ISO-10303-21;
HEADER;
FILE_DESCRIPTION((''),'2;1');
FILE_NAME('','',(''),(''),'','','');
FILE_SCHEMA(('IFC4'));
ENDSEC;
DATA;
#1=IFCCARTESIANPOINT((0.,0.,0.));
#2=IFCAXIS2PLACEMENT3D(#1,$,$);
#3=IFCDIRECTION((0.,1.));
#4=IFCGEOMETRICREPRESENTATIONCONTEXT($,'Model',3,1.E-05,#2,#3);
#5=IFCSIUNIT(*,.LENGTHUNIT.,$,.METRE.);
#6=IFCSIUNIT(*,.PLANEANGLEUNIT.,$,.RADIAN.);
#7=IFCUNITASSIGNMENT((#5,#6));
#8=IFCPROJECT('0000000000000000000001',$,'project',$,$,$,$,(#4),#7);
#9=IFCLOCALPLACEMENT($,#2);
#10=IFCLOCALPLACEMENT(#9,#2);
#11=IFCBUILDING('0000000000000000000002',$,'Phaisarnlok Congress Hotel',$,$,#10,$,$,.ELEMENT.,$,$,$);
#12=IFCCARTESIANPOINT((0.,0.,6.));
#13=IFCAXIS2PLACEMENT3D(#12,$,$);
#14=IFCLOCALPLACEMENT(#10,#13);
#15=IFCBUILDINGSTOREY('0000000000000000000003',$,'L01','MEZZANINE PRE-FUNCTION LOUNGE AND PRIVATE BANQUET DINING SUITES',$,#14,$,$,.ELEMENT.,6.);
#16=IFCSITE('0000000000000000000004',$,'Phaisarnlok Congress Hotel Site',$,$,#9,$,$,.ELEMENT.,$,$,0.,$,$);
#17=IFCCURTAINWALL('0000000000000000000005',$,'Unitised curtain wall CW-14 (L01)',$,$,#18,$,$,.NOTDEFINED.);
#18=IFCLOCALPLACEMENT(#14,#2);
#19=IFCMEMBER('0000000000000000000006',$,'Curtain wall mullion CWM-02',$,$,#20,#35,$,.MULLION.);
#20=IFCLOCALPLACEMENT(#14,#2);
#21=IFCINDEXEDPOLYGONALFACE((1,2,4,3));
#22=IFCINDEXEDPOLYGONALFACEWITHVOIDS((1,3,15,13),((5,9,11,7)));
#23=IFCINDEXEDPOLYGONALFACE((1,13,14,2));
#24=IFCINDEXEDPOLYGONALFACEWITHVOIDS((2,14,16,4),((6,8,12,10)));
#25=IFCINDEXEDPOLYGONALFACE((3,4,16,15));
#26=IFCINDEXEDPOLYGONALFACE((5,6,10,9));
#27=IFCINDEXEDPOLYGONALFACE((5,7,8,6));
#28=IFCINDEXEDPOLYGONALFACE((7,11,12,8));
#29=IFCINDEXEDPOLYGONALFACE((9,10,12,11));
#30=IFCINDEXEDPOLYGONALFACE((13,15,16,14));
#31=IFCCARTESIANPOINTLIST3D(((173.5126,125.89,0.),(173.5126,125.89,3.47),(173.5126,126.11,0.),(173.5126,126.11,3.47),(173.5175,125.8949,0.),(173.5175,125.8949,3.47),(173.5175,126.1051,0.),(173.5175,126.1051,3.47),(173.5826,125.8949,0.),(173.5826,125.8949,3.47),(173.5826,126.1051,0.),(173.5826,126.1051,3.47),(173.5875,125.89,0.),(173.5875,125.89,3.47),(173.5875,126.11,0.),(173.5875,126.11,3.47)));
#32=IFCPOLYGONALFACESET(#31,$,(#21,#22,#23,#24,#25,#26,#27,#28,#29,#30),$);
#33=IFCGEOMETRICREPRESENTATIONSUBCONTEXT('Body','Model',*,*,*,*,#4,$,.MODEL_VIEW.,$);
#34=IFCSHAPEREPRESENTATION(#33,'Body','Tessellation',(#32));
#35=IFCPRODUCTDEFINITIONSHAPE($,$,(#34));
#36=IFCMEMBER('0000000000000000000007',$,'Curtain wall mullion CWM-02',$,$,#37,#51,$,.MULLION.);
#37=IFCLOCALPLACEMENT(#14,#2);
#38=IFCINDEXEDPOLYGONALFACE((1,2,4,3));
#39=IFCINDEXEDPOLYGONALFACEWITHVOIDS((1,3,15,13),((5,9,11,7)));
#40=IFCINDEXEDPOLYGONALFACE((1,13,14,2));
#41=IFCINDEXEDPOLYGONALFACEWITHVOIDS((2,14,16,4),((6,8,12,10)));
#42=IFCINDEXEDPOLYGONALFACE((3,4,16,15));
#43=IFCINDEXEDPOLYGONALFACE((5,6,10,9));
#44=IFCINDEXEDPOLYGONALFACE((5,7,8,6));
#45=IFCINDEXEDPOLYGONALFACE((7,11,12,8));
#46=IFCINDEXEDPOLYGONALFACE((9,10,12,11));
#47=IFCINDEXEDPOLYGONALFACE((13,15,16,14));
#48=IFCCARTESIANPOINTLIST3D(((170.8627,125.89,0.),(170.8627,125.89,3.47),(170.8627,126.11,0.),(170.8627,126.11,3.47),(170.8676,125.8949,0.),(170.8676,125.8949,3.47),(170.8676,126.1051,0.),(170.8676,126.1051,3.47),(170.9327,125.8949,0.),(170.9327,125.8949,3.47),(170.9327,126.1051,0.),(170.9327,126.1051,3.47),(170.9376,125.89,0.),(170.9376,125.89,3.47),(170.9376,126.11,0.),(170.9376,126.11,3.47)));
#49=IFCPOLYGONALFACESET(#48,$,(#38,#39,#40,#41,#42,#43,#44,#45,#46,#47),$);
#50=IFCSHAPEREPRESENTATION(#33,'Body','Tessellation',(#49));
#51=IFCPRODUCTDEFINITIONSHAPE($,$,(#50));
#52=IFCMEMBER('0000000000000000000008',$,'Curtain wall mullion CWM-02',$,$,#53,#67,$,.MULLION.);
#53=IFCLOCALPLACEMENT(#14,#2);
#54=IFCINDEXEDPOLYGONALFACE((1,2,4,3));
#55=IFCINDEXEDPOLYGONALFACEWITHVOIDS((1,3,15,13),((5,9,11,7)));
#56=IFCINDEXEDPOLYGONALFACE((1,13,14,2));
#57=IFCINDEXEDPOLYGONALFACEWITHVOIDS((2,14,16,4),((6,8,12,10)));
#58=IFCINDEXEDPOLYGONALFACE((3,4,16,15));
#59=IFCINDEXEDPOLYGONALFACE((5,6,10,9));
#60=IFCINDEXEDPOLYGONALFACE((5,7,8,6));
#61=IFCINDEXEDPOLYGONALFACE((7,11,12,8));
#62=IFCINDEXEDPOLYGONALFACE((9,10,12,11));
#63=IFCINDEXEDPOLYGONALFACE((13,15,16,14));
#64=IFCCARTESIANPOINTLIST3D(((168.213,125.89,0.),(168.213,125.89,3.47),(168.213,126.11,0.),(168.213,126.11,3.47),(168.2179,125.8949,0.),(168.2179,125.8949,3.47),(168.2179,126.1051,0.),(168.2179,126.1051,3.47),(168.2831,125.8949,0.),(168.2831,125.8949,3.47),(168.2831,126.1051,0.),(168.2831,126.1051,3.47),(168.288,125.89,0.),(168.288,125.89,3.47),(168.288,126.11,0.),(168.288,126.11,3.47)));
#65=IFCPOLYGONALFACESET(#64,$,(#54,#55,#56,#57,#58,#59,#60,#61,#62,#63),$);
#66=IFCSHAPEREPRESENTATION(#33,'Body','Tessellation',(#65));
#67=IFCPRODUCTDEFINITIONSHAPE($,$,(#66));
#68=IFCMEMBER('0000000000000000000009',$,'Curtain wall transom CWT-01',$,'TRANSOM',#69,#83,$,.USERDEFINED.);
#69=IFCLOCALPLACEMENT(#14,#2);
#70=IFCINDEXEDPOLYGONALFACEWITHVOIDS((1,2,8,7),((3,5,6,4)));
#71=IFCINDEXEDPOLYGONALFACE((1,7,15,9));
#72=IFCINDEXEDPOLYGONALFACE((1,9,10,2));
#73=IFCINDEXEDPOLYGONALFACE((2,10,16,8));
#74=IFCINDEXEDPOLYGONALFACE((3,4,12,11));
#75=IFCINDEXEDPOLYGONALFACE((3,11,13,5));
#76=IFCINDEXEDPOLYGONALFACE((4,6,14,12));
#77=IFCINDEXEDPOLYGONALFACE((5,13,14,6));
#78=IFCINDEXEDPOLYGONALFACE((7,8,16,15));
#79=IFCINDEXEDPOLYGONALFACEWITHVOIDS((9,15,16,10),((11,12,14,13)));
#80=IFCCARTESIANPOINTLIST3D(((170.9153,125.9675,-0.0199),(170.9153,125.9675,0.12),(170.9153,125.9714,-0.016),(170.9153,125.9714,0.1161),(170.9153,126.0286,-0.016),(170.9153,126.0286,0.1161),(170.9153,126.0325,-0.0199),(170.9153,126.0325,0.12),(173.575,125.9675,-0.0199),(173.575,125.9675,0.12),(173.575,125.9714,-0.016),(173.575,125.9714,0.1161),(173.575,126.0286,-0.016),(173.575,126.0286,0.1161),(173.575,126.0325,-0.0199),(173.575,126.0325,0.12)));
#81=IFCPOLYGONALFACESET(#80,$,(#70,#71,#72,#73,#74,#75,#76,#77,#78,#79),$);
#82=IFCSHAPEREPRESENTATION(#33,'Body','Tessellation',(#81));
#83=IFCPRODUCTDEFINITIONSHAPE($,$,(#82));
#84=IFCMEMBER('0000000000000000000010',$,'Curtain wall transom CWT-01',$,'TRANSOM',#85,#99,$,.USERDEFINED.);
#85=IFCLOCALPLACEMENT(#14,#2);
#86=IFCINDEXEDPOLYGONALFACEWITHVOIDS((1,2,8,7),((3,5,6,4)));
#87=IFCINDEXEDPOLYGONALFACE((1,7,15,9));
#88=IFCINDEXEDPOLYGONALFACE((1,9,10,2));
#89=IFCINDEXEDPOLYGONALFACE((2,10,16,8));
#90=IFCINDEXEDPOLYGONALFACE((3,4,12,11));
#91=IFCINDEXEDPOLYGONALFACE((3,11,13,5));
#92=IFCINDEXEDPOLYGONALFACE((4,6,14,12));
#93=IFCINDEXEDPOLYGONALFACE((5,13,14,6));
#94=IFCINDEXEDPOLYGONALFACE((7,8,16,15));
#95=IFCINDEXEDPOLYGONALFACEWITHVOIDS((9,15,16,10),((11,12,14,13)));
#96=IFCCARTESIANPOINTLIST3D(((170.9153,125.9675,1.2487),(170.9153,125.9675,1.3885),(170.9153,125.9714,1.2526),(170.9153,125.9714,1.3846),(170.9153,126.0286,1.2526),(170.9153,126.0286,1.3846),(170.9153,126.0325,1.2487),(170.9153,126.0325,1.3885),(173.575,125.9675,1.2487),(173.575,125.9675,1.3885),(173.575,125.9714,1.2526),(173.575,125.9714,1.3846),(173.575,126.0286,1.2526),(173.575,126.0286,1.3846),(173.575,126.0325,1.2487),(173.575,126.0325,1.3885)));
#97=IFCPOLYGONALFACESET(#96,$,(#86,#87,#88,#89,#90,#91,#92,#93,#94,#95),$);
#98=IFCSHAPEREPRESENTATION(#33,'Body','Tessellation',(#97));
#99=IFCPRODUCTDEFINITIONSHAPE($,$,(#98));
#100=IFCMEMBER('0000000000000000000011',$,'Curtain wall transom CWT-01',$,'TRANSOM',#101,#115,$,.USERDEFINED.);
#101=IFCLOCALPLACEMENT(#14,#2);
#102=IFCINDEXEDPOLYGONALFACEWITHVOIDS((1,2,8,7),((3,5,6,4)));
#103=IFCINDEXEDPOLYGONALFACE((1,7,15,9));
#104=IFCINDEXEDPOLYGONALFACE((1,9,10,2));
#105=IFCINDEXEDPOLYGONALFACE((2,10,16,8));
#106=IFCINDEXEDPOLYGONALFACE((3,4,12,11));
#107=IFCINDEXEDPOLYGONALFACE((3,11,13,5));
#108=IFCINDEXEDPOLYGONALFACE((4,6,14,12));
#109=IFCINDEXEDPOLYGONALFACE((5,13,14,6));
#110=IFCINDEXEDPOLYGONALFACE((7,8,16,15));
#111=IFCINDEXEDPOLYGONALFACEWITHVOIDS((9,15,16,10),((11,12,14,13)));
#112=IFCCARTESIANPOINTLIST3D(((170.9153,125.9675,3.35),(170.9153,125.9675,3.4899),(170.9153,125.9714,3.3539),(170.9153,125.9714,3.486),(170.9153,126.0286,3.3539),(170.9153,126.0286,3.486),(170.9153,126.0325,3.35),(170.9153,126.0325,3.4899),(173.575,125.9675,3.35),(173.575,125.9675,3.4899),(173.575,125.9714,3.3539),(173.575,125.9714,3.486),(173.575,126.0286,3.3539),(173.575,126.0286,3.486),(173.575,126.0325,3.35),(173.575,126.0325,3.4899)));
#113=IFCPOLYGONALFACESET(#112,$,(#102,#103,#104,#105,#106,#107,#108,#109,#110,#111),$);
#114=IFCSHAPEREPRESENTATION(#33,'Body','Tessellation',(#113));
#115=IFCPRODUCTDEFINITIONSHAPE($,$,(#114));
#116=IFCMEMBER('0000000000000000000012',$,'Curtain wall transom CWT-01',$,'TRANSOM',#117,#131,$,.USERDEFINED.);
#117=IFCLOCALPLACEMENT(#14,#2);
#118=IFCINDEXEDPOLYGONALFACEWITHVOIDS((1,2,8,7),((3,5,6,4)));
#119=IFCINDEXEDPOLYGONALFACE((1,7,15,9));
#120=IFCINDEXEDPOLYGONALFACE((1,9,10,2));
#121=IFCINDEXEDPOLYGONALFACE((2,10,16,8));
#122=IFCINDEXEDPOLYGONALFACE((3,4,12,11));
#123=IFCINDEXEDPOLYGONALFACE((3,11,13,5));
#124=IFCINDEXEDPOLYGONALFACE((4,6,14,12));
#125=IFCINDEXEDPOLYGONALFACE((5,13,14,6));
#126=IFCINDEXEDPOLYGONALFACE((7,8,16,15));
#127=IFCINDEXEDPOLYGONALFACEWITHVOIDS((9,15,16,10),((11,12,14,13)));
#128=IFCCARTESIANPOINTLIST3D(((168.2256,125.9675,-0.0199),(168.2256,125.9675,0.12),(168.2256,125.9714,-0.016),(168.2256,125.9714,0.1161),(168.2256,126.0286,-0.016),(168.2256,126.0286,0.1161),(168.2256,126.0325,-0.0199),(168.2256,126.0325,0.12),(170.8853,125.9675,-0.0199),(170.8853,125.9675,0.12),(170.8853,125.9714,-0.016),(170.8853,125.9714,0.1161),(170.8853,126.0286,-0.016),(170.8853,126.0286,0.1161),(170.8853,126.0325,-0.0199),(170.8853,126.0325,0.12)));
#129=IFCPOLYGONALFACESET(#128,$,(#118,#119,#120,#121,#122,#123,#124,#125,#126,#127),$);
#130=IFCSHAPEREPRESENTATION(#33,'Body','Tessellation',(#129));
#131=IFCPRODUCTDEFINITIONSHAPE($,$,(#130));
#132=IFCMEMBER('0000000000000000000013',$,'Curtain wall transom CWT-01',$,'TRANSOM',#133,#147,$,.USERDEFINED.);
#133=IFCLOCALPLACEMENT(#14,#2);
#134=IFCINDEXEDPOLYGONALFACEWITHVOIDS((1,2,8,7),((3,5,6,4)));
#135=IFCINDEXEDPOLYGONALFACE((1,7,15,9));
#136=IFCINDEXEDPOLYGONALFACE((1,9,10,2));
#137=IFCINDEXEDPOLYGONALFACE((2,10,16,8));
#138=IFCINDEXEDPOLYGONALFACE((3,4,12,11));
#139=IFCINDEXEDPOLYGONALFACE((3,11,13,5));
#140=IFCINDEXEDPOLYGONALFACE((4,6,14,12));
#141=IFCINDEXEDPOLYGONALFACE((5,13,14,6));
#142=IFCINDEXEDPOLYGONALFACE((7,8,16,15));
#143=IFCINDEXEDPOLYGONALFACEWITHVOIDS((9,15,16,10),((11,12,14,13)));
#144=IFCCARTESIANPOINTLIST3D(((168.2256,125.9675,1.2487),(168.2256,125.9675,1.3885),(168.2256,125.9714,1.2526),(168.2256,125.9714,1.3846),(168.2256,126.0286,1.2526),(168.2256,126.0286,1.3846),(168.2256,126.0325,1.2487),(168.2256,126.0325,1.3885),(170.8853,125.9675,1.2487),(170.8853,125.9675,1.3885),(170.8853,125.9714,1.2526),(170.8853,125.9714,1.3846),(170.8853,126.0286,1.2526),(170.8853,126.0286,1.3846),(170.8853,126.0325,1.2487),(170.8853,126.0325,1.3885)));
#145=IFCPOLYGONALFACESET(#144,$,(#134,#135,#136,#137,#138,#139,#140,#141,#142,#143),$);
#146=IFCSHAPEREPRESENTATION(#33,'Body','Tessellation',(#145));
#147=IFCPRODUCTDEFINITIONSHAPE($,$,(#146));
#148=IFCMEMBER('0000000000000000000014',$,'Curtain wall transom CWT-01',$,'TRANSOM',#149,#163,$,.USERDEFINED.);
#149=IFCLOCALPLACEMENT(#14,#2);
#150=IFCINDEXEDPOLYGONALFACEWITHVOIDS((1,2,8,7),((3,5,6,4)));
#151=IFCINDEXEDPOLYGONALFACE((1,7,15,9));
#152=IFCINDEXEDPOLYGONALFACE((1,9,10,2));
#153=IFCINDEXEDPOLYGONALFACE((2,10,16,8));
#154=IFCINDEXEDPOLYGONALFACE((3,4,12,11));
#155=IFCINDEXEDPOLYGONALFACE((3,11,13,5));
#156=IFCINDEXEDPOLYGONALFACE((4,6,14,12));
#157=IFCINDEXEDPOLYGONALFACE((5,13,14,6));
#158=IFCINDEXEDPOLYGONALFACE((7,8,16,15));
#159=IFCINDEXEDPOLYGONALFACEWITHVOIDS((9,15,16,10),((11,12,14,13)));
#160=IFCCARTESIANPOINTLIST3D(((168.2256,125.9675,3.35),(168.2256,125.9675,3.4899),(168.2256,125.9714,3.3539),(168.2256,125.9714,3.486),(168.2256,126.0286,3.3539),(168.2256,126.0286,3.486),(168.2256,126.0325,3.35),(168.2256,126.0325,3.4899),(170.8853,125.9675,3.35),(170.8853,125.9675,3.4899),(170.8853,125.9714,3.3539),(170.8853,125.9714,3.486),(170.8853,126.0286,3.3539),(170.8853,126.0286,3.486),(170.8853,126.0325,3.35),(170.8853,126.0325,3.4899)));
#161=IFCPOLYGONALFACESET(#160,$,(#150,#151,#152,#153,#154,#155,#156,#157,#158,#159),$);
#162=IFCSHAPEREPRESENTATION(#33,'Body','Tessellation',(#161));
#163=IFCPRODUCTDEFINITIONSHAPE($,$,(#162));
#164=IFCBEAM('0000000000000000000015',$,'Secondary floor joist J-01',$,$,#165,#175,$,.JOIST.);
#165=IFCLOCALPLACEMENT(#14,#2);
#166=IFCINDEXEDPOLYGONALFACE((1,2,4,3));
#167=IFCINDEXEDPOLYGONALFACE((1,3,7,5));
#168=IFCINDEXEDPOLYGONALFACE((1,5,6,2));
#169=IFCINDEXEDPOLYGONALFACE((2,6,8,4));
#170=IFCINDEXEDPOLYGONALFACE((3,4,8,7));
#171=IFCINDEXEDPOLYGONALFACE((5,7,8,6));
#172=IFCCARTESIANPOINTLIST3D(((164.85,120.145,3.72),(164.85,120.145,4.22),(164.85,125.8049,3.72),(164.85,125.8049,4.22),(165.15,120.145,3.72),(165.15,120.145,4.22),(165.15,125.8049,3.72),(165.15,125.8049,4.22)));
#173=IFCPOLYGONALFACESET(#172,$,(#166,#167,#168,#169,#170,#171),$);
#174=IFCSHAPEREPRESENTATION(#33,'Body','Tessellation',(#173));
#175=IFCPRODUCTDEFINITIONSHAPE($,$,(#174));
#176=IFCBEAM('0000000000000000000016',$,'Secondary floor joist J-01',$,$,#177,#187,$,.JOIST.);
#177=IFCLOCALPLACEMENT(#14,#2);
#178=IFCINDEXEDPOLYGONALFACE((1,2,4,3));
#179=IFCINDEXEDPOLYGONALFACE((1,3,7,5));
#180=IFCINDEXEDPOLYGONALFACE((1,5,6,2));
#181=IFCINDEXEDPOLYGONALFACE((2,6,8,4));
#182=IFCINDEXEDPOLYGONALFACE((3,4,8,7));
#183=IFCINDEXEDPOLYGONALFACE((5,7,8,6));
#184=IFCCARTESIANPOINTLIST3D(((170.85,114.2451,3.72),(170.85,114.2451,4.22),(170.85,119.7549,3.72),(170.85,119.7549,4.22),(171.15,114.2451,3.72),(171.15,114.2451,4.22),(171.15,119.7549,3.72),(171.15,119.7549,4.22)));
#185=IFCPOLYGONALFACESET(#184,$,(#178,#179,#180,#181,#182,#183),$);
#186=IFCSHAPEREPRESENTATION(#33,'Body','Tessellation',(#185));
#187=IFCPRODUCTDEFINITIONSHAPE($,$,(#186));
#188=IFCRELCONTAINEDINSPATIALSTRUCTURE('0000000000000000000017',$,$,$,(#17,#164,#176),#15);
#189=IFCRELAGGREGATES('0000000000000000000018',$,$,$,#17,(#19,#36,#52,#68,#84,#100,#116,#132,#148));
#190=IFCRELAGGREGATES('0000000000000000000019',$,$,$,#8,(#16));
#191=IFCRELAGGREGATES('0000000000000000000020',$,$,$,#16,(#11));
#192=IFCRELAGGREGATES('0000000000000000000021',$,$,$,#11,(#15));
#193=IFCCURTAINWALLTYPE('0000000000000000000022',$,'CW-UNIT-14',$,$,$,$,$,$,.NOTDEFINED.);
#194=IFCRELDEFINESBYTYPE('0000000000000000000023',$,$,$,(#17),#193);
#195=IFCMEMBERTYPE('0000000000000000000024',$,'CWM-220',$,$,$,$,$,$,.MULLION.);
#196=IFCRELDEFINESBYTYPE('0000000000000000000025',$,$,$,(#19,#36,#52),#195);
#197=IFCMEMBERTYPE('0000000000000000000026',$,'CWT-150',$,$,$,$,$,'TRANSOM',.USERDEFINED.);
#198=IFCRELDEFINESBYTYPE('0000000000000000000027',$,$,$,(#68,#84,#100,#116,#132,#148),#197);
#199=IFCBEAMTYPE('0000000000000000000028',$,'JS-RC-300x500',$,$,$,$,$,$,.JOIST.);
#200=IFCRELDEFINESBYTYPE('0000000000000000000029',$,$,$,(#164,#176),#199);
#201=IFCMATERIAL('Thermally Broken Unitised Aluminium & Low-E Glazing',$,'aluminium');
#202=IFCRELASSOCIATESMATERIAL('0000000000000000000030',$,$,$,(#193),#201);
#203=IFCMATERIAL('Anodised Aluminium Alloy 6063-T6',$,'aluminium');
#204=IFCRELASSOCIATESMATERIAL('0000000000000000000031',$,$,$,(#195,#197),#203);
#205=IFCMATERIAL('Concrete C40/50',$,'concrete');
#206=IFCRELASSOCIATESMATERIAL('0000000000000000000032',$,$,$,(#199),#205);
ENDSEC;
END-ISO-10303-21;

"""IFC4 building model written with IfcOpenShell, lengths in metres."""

from ifc_helpers import new_model, si_unit, direction, frame, origin, origin_2d, place, context, subcontext, project, spatial, rectangle, hollow_rectangle, extrude, material, material_profile, profile_set, type_object, element, aggregate, save


model = new_model("IFC4")

# Units and contexts
model_context = context("Model", 3, precision=1e-05, world=origin(), true_north=direction((0.0, 1.0)))
body_context = subcontext(model_context, "Body", "Model", "MODEL_VIEW")
ifc_project = project(units=[si_unit("LENGTHUNIT", "METRE"), si_unit("PLANEANGLEUNIT", "RADIAN")], contexts=[model_context])

# Site, building, storey
site_placement = place(None, origin())
site = spatial("IfcSite", under=ifc_project, at=site_placement, Name="Phaisarnlok Congress Hotel Site", CompositionType="ELEMENT", RefElevation=0.0)
building_placement = place(site_placement, origin())
building = spatial("IfcBuilding", under=site, at=building_placement, Name="Phaisarnlok Congress Hotel", CompositionType="ELEMENT")
storey_placement = place(building_placement, frame((0.0, 0.0, 6.0)))
storey = spatial("IfcBuildingStorey", under=building, at=storey_placement, Name="L01", Description="MEZZANINE PRE-FUNCTION LOUNGE AND PRIVATE BANQUET DINING SUITES", CompositionType="ELEMENT", Elevation=6.0)

# Shared definitions
ifc_material_1 = material(Name="Concrete C40/50", Category="concrete")

# Curtain wall, members
ifc_material_2 = material(Name="Thermally Broken Unitised Aluminium & Low-E Glazing", Category="aluminium")
curtain_wall_type = type_object("IfcCurtainWallType", Name="CW-UNIT-14", PredefinedType="NOTDEFINED", material=ifc_material_2)
curtain_wall_placement = place(storey_placement, origin())
curtain_wall = element("IfcCurtainWall", 1, at=curtain_wall_placement, inside=storey, type_object=curtain_wall_type, Name="Unitised curtain wall CW-14 (L01)", PredefinedType="NOTDEFINED")
ifc_material_3 = material(Name="Anodised Aluminium Alloy 6063-T6", Category="aluminium")
ifc_material_profile_1 = material_profile(ifc_material_3, hollow_rectangle(XDim=0.075, YDim=0.22, WallThickness=0.0049, at=origin_2d()), Name="ALU-M 75x220x5")
ifc_profile_set_1 = profile_set([ifc_material_profile_1], Name="Anodised Aluminium Alloy 6063-T6")
member_type_1 = type_object("IfcMemberType", Name="CWM-220", PredefinedType="MULLION", material=ifc_profile_set_1)
member_1_placement = place(storey_placement, frame((173.55, 126.0, 0.0), z_axis=(0.0, 0.0, 1.0), x_axis=(-1.0, 0.0, 0.0)))
member_1 = element("IfcMember", 2, at=member_1_placement, type_object=member_type_1, Name="Curtain wall mullion CWM-02", PredefinedType="MULLION", context=body_context, shape_type="SweptSolid", body=[
    extrude(hollow_rectangle(XDim=0.075, YDim=0.22, WallThickness=0.0049, at=origin_2d()), origin(), (0.0, 0.0, 1.0), 3.47),
])
member_2_placement = place(storey_placement, frame((170.9001, 126.0, 0.0), z_axis=(0.0, 0.0, 1.0), x_axis=(-1.0, 0.0, 0.0)))
member_2 = element("IfcMember", 3, at=member_2_placement, type_object=member_type_1, Name="Curtain wall mullion CWM-02", PredefinedType="MULLION", context=body_context, shape_type="SweptSolid", body=[
    extrude(hollow_rectangle(XDim=0.075, YDim=0.22, WallThickness=0.0049, at=origin_2d()), origin(), (0.0, 0.0, 1.0), 3.47),
])
member_3_placement = place(storey_placement, frame((168.2505, 126.0, 0.0), z_axis=(0.0, 0.0, 1.0), x_axis=(-1.0, 0.0, 0.0)))
member_3 = element("IfcMember", 4, at=member_3_placement, type_object=member_type_1, Name="Curtain wall mullion CWM-02", PredefinedType="MULLION", context=body_context, shape_type="SweptSolid", body=[
    extrude(hollow_rectangle(XDim=0.075, YDim=0.22, WallThickness=0.0049, at=origin_2d()), origin(), (0.0, 0.0, 1.0), 3.47),
])
ifc_material_profile_2 = material_profile(ifc_material_3, hollow_rectangle(XDim=0.0649, YDim=0.1399, WallThickness=0.0039, at=origin_2d()), Name="ALU-T 65x140x4")
ifc_profile_set_2 = profile_set([ifc_material_profile_2], Name="Anodised Aluminium Alloy 6063-T6")
member_type_2 = type_object("IfcMemberType", Name="CWT-150", ElementType="TRANSOM", PredefinedType="USERDEFINED", material=ifc_profile_set_2)
member_4_placement = place(storey_placement, frame((173.575, 126.0, 0.05), z_axis=(-1.0, 0.0, 0.0), x_axis=(0.0, -1.0, 0.0)))
member_4 = element("IfcMember", 5, at=member_4_placement, type_object=member_type_2, Name="Curtain wall transom CWT-01", ObjectType="TRANSOM", PredefinedType="USERDEFINED", context=body_context, shape_type="SweptSolid", body=[
    extrude(hollow_rectangle(XDim=0.0649, YDim=0.1399, WallThickness=0.0039, at=origin_2d()), origin(), (0.0, 0.0, 1.0), 2.6597),
])
member_5_placement = place(storey_placement, frame((173.575, 126.0, 1.3186), z_axis=(-1.0, 0.0, 0.0), x_axis=(0.0, -1.0, 0.0)))
member_5 = element("IfcMember", 6, at=member_5_placement, type_object=member_type_2, Name="Curtain wall transom CWT-01", ObjectType="TRANSOM", PredefinedType="USERDEFINED", context=body_context, shape_type="SweptSolid", body=[
    extrude(hollow_rectangle(XDim=0.0649, YDim=0.1399, WallThickness=0.0039, at=origin_2d()), origin(), (0.0, 0.0, 1.0), 2.6597),
])
member_6_placement = place(storey_placement, frame((173.575, 126.0, 3.4199), z_axis=(-1.0, 0.0, 0.0), x_axis=(0.0, -1.0, 0.0)))
member_6 = element("IfcMember", 7, at=member_6_placement, type_object=member_type_2, Name="Curtain wall transom CWT-01", ObjectType="TRANSOM", PredefinedType="USERDEFINED", context=body_context, shape_type="SweptSolid", body=[
    extrude(hollow_rectangle(XDim=0.0649, YDim=0.1399, WallThickness=0.0039, at=origin_2d()), origin(), (0.0, 0.0, 1.0), 2.6597),
])
member_7_placement = place(storey_placement, frame((170.8853, 126.0, 0.05), z_axis=(-1.0, 0.0, 0.0), x_axis=(0.0, -1.0, 0.0)))
member_7 = element("IfcMember", 8, at=member_7_placement, type_object=member_type_2, Name="Curtain wall transom CWT-01", ObjectType="TRANSOM", PredefinedType="USERDEFINED", context=body_context, shape_type="SweptSolid", body=[
    extrude(hollow_rectangle(XDim=0.0649, YDim=0.1399, WallThickness=0.0039, at=origin_2d()), origin(), (0.0, 0.0, 1.0), 2.6597),
])
member_8_placement = place(storey_placement, frame((170.8853, 126.0, 1.3186), z_axis=(-1.0, 0.0, 0.0), x_axis=(0.0, -1.0, 0.0)))
member_8 = element("IfcMember", 9, at=member_8_placement, type_object=member_type_2, Name="Curtain wall transom CWT-01", ObjectType="TRANSOM", PredefinedType="USERDEFINED", context=body_context, shape_type="SweptSolid", body=[
    extrude(hollow_rectangle(XDim=0.0649, YDim=0.1399, WallThickness=0.0039, at=origin_2d()), origin(), (0.0, 0.0, 1.0), 2.6597),
])
member_9_placement = place(storey_placement, frame((170.8853, 126.0, 3.4199), z_axis=(-1.0, 0.0, 0.0), x_axis=(0.0, -1.0, 0.0)))
member_9 = element("IfcMember", 10, at=member_9_placement, type_object=member_type_2, Name="Curtain wall transom CWT-01", ObjectType="TRANSOM", PredefinedType="USERDEFINED", context=body_context, shape_type="SweptSolid", body=[
    extrude(hollow_rectangle(XDim=0.0649, YDim=0.1399, WallThickness=0.0039, at=origin_2d()), origin(), (0.0, 0.0, 1.0), 2.6597),
])

# Beams
ifc_material_profile_3 = material_profile(ifc_material_1, rectangle(XDim=0.3, YDim=0.5, at=origin_2d()), Name="RC 300x500")
ifc_profile_set_3 = profile_set([ifc_material_profile_3], Name="Concrete C40/50")
beam_type_1 = type_object("IfcBeamType", Name="JS-RC-300x500", PredefinedType="JOIST", material=ifc_profile_set_3)
beam_1_placement = place(storey_placement, frame((165.0, 120.145, 3.97), z_axis=(0.0, 1.0, 0.0), x_axis=(-1.0, 0.0, 0.0)))
element("IfcBeam", 11, at=beam_1_placement, inside=storey, type_object=beam_type_1, Name="Secondary floor joist J-01", PredefinedType="JOIST", context=body_context, shape_type="SweptSolid", body=[
    extrude(rectangle(XDim=0.3, YDim=0.5, at=origin_2d()), origin(), (0.0, 0.0, 1.0), 5.6599),
])
beam_2_placement = place(storey_placement, frame((171.0, 114.2451, 3.97), z_axis=(0.0, 1.0, 0.0), x_axis=(-1.0, 0.0, 0.0)))
element("IfcBeam", 12, at=beam_2_placement, inside=storey, type_object=beam_type_1, Name="Secondary floor joist J-01", PredefinedType="JOIST", context=body_context, shape_type="SweptSolid", body=[
    extrude(rectangle(XDim=0.3, YDim=0.5, at=origin_2d()), origin(), (0.0, 0.0, 1.0), 5.5098),
])

aggregate(curtain_wall, [member_1, member_2, member_3, member_4, member_5, member_6, member_7, member_8, member_9])

save(model, "model.ifc")
